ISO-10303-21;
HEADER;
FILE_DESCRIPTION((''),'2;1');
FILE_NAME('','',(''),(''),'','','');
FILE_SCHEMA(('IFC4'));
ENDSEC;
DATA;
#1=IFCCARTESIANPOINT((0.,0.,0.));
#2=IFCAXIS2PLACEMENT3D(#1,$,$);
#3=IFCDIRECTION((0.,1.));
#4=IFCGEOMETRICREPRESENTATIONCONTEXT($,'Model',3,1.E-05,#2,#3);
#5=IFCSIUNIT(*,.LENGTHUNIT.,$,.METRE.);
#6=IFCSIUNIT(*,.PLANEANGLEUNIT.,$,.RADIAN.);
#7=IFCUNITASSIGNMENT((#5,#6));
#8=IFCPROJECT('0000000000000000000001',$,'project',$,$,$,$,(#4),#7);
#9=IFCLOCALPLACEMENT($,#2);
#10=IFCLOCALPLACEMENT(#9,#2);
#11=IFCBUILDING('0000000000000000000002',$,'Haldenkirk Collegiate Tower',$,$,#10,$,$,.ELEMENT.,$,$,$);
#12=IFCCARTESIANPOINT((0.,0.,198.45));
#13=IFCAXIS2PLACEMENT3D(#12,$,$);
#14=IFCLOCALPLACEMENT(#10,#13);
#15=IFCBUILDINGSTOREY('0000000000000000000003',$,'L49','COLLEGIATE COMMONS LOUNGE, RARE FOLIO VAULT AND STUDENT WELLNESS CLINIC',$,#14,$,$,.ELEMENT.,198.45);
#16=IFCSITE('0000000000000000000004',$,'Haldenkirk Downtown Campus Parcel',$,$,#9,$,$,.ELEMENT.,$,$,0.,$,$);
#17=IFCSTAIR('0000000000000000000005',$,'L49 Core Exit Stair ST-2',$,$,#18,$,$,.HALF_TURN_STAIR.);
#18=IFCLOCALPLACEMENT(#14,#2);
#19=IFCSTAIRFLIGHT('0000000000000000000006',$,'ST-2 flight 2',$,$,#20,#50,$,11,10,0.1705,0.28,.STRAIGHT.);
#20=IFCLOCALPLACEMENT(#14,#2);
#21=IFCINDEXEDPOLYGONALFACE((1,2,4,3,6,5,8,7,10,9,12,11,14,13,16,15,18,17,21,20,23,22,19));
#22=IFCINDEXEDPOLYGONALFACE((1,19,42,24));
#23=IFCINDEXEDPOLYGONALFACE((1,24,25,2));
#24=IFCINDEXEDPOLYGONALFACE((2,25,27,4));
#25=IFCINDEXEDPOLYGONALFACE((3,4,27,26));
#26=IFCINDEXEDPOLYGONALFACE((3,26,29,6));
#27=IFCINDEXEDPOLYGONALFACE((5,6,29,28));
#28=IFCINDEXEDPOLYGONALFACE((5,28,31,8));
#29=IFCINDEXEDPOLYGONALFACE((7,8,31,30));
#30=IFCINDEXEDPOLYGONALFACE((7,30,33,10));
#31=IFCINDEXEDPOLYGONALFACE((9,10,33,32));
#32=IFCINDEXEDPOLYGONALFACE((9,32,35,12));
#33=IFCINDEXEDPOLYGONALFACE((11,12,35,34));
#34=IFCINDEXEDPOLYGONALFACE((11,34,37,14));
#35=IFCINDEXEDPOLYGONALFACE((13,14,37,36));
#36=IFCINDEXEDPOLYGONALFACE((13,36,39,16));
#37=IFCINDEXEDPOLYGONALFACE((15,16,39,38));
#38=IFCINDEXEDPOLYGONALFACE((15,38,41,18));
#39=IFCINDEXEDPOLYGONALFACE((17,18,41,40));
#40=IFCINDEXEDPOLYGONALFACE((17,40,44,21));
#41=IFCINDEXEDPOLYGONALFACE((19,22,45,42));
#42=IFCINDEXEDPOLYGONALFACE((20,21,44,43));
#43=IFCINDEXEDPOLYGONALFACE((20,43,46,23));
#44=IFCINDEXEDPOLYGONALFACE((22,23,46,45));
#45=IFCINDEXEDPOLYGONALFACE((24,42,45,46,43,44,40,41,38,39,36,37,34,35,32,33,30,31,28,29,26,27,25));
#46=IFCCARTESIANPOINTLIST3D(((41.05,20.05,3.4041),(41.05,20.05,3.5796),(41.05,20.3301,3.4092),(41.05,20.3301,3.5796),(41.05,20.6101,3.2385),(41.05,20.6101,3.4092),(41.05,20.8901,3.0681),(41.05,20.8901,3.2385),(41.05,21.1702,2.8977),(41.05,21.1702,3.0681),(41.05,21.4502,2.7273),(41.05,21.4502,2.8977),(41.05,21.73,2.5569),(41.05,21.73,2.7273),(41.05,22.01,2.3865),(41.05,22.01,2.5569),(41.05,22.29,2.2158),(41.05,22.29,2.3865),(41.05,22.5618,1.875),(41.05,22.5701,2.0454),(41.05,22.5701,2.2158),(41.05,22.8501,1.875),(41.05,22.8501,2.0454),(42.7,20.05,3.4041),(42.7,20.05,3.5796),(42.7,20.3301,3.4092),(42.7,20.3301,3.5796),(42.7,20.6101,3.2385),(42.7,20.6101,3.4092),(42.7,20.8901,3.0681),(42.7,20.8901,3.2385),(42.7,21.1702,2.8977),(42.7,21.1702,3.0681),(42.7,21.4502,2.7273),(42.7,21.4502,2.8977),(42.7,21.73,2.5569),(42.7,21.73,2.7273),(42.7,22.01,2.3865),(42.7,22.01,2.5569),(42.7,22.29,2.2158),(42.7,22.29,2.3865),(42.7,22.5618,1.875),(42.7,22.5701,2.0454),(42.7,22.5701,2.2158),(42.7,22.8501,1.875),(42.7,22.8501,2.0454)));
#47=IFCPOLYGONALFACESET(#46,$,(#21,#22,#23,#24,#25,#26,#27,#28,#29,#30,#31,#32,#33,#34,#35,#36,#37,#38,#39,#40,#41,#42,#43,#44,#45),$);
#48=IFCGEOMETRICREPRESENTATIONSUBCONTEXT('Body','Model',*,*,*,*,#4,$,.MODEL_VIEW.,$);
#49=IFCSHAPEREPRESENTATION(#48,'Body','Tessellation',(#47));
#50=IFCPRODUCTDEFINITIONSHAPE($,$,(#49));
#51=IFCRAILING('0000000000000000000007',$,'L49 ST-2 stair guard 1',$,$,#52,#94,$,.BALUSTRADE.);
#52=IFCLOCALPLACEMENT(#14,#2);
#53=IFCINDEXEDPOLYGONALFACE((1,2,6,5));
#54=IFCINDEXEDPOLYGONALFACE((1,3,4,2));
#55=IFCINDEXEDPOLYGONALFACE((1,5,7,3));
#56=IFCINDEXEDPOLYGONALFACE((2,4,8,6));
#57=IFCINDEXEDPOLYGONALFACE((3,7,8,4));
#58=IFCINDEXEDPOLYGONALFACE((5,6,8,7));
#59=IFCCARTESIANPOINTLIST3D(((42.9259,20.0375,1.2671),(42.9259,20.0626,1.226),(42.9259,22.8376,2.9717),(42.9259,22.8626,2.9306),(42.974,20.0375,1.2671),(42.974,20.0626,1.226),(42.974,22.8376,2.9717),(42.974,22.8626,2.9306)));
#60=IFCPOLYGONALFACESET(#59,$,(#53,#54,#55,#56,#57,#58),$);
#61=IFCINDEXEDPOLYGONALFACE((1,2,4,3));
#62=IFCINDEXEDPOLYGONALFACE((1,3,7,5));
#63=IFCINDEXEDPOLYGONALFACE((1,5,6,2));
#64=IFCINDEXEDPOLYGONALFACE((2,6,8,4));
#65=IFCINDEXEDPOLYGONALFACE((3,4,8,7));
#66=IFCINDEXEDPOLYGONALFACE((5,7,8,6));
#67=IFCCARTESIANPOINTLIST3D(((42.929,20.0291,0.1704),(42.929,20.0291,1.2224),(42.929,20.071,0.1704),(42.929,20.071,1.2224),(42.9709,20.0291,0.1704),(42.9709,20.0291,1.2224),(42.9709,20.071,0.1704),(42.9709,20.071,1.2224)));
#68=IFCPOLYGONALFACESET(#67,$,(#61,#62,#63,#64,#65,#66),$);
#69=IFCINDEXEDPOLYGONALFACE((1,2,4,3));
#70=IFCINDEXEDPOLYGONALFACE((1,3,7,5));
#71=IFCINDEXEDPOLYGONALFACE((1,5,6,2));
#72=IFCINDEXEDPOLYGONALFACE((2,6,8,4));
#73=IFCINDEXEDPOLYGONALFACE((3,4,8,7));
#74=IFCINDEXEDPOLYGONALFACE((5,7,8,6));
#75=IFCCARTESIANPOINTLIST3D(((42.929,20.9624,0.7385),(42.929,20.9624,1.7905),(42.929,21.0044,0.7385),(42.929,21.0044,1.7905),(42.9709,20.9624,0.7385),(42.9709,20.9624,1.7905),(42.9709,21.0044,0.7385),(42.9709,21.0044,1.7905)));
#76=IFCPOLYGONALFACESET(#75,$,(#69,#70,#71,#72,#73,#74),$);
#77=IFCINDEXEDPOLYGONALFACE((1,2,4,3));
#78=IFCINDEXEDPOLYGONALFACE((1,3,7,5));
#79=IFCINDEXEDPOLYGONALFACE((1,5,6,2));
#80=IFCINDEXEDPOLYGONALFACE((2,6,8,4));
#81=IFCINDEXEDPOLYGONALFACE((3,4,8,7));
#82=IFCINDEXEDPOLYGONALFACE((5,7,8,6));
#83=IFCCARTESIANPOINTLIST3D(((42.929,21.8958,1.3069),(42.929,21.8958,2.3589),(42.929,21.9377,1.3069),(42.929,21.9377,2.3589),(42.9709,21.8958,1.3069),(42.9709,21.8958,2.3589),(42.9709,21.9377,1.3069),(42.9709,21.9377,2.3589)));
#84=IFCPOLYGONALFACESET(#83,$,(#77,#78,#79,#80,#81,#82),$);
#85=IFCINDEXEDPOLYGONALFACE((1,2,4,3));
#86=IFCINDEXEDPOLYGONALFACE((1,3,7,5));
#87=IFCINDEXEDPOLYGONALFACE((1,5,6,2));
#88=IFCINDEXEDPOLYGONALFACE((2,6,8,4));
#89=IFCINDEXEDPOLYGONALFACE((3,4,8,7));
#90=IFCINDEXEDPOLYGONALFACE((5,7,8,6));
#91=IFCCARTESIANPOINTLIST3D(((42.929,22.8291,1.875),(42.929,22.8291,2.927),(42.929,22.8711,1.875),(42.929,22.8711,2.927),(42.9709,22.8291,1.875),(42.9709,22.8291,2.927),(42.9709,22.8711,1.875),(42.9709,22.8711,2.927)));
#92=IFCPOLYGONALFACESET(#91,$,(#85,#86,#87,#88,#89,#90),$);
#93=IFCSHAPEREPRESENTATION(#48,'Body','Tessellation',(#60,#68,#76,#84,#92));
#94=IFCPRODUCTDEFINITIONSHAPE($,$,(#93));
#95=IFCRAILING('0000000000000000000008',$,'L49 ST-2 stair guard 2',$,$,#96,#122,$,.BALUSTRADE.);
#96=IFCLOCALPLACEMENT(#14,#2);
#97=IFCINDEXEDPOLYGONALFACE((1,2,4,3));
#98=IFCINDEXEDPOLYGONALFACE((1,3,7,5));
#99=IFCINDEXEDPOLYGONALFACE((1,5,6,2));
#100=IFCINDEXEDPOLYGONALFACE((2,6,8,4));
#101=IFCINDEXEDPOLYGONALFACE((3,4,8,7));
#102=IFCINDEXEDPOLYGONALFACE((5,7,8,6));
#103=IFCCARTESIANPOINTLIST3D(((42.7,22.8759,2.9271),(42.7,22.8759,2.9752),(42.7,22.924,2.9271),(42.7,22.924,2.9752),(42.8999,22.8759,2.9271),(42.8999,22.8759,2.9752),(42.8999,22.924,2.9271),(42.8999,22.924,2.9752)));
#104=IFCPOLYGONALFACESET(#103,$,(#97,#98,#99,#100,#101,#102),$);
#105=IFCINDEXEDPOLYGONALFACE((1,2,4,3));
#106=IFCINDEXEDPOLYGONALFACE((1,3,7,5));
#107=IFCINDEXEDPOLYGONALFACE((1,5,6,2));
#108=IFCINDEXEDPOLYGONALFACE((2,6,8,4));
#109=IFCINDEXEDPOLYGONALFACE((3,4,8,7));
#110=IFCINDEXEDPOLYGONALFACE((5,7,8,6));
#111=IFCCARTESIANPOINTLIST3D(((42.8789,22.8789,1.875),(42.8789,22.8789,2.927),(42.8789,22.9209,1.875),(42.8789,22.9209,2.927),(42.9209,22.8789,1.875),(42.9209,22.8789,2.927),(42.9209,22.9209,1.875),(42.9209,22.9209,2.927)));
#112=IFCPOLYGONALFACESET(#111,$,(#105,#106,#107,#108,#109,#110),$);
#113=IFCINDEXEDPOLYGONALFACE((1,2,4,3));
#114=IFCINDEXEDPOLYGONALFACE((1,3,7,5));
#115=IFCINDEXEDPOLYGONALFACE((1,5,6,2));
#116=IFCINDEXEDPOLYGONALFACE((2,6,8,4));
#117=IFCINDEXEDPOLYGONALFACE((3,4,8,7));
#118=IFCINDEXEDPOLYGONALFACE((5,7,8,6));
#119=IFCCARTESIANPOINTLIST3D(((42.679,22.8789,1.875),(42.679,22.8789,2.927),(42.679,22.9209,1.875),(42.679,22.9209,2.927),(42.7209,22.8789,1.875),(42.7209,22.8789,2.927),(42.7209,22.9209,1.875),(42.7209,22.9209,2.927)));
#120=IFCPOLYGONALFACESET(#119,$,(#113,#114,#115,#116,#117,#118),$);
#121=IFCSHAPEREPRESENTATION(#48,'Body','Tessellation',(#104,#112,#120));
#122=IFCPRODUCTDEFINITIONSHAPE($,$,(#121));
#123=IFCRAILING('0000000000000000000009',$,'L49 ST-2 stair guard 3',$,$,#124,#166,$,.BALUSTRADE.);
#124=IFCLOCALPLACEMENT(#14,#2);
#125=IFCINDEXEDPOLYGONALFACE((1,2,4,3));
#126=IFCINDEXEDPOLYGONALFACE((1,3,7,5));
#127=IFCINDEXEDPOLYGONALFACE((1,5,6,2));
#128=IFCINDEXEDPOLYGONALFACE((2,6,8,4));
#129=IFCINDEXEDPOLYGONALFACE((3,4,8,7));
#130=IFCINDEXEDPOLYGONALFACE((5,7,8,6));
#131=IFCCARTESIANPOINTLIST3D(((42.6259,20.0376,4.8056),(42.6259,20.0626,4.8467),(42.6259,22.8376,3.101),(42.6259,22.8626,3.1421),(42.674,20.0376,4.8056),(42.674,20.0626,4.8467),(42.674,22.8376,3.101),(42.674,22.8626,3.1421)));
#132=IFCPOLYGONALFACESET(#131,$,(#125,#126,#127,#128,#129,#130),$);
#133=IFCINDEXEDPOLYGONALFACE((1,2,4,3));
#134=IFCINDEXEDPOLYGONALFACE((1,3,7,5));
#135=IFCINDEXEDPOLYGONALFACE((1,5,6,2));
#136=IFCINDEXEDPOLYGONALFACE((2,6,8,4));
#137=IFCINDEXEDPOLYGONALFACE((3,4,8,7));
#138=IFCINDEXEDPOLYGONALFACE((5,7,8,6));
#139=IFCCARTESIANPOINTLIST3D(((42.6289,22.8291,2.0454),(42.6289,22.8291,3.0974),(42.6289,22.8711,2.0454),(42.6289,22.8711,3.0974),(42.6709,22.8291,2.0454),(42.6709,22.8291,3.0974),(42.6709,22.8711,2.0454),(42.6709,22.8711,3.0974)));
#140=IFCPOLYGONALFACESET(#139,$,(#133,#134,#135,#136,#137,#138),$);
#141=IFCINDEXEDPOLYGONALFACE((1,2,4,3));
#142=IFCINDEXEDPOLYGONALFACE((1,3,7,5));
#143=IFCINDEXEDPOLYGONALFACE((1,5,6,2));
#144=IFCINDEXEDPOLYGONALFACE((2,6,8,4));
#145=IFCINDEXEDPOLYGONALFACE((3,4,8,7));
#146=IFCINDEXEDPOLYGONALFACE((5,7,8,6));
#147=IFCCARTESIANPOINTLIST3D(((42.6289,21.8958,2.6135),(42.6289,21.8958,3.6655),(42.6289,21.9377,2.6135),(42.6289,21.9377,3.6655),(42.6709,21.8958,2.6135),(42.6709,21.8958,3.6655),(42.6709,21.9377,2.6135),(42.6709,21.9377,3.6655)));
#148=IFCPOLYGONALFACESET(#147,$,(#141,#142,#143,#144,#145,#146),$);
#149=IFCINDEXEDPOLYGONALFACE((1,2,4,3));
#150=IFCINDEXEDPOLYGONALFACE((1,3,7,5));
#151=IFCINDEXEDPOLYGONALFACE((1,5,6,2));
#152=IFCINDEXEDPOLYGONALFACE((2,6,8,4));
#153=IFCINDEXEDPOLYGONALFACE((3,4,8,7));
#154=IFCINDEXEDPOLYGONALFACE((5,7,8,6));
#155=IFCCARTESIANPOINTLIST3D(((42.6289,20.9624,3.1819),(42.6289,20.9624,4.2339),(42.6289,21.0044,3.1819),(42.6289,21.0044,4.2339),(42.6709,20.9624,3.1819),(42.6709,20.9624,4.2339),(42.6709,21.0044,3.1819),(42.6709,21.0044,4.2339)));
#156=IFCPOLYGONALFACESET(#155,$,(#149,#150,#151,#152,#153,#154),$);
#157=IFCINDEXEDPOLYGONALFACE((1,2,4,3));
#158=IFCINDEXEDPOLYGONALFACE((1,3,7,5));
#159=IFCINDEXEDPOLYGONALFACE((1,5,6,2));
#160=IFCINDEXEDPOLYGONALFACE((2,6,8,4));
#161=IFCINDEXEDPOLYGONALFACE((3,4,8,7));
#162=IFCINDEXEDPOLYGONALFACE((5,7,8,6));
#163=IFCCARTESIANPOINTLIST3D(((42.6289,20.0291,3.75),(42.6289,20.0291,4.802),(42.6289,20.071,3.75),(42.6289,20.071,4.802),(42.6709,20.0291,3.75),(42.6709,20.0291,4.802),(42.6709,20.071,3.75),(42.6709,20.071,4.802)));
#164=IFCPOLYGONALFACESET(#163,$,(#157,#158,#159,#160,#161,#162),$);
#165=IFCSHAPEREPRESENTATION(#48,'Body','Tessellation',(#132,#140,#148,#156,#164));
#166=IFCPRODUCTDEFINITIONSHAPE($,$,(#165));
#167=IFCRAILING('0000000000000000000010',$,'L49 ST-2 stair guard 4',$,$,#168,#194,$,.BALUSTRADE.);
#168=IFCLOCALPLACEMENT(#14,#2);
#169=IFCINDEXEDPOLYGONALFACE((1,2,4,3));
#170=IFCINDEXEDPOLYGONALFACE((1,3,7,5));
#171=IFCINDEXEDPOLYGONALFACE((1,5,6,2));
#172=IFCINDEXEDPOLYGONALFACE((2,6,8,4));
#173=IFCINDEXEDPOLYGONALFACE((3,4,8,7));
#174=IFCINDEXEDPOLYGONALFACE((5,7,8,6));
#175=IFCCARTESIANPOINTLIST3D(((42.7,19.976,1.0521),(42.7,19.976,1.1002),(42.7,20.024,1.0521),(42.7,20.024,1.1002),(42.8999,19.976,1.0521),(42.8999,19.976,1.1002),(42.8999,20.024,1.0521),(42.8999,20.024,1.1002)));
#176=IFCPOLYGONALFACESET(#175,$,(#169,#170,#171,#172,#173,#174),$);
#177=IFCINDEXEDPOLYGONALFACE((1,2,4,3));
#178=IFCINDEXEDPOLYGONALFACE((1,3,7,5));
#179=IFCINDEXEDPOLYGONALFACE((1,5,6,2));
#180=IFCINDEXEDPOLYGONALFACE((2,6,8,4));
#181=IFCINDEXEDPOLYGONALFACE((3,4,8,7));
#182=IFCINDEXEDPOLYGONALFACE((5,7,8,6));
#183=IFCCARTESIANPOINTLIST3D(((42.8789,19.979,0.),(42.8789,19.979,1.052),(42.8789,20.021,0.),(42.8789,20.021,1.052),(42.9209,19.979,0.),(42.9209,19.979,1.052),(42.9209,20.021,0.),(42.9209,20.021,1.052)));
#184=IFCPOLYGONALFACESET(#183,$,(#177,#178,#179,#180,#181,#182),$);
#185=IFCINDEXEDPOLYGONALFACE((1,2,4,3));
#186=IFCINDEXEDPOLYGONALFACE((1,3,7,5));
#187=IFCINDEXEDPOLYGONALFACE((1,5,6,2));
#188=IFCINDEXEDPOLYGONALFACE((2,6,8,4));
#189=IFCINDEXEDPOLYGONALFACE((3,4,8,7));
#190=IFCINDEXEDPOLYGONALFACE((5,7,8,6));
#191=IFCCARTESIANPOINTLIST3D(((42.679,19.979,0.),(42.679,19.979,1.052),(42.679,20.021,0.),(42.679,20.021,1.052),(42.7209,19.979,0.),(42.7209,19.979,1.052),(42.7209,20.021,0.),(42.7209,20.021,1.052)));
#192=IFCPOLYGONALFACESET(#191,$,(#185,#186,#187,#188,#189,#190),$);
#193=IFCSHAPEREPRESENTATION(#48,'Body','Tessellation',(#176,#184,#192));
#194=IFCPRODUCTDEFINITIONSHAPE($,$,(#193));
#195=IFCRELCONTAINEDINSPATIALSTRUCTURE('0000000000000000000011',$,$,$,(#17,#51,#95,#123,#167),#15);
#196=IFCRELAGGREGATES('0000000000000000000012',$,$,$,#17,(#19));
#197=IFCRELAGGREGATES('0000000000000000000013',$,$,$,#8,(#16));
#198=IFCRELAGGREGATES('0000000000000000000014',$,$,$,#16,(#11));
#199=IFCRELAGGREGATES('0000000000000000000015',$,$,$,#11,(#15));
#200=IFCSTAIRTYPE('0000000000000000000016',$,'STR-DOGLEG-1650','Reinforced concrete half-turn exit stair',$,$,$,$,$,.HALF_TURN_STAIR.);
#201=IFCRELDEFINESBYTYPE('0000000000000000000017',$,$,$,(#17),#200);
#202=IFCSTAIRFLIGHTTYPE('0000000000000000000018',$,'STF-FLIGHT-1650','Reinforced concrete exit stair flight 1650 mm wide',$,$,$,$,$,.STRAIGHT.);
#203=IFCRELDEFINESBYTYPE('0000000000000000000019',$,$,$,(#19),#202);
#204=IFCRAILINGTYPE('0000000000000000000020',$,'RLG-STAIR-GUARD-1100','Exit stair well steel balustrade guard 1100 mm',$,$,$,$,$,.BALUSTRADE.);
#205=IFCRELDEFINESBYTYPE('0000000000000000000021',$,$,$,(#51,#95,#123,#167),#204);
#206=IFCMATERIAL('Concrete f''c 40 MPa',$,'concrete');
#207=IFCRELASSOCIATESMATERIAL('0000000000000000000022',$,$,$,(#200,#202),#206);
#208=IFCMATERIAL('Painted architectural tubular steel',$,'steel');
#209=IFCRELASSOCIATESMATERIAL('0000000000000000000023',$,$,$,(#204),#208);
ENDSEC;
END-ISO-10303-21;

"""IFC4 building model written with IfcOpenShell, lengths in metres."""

from ifc_helpers import new_model, si_unit, direction, frame, origin, origin_2d, place, context, subcontext, project, spatial, polyline, rectangle, outline, extrude, material, type_object, element, aggregate, save


model = new_model("IFC4")

# Units and contexts
model_context = context("Model", 3, precision=1e-05, world=origin(), true_north=direction((0.0, 1.0)))
body_context = subcontext(model_context, "Body", "Model", "MODEL_VIEW")
ifc_project = project(units=[si_unit("LENGTHUNIT", "METRE"), si_unit("PLANEANGLEUNIT", "RADIAN")], contexts=[model_context])

# Site, building, storey
site_placement = place(None, origin())
site = spatial("IfcSite", under=ifc_project, at=site_placement, Name="Haldenkirk Downtown Campus Parcel", CompositionType="ELEMENT", RefElevation=0.0)
building_placement = place(site_placement, origin())
building = spatial("IfcBuilding", under=site, at=building_placement, Name="Haldenkirk Collegiate Tower", CompositionType="ELEMENT")
storey_placement = place(building_placement, frame((0.0, 0.0, 198.45)))
storey = spatial("IfcBuildingStorey", under=building, at=storey_placement, Name="L49", Description="COLLEGIATE COMMONS LOUNGE, RARE FOLIO VAULT AND STUDENT WELLNESS CLINIC", CompositionType="ELEMENT", Elevation=198.45)

# Stair, stair flight
ifc_material_1 = material(Name="Concrete f'c 40 MPa", Category="concrete")
stair_type = type_object("IfcStairType", Name="STR-DOGLEG-1650", Description="Reinforced concrete half-turn exit stair", PredefinedType="HALF_TURN_STAIR", material=ifc_material_1)
stair_placement = place(storey_placement, origin())
stair = element("IfcStair", 1, at=stair_placement, inside=storey, type_object=stair_type, Name="L49 Core Exit Stair ST-2", PredefinedType="HALF_TURN_STAIR")
stair_flight_type = type_object("IfcStairFlightType", Name="STF-FLIGHT-1650", Description="Reinforced concrete exit stair flight 1650 mm wide", PredefinedType="STRAIGHT", material=ifc_material_1)
stair_flight_1_placement = place(storey_placement, frame((41.875, 22.8501, 1.875), z_axis=(0.0, 0.0, 1.0), x_axis=(0.0, -1.0, 0.0)))
stair_flight_1 = element("IfcStairFlight", 2, at=stair_flight_1_placement, type_object=stair_flight_type, Name="ST-2 flight 2", NumberOfRisers=11, NumberOfTreads=10, PredefinedType="STRAIGHT", RiserHeight=0.1705, TreadLength=0.28, context=body_context, shape_type="SweptSolid", body=[
    extrude(outline(polyline([(0.0, 0.0), (0.0, 0.1704), (0.28, 0.1704), (0.28, 0.3408), (0.5601, 0.3408), (0.5601, 0.5115), (0.8401, 0.5115), (0.8401, 0.6819), (1.1201, 0.6819), (1.1201, 0.8523), (1.3999, 0.8523), (1.3999, 1.0227), (1.6799, 1.0227), (1.6799, 1.1931), (1.96, 1.1931), (1.96, 1.3635), (2.24, 1.3635), (2.24, 1.5342), (2.52, 1.5342), (2.52, 1.7046), (2.8, 1.7046), (2.8, 1.875), (2.8, 1.5291), (0.2883, 0.0), (0.0, 0.0)])), frame((0.0, 0.825, 0.0), z_axis=(0.0, -1.0, 0.0), x_axis=(1.0, 0.0, 0.0)), (0.0, 0.0, 1.0), 1.6499),
])
aggregate(stair, [stair_flight_1])

# Railings
ifc_material_2 = material(Name="Painted architectural tubular steel", Category="steel")
railing_type_1 = type_object("IfcRailingType", Name="RLG-STAIR-GUARD-1100", Description="Exit stair well steel balustrade guard 1100 mm", PredefinedType="BALUSTRADE", material=ifc_material_2)
railing_1_placement = place(storey_placement, frame((42.95, 20.05, 0.1704)))
element("IfcRailing", 3, at=railing_1_placement, inside=storey, type_object=railing_type_1, Name="L49 ST-2 stair guard 1", PredefinedType="BALUSTRADE", context=body_context, shape_type="SweptSolid", body=[
    extrude(rectangle(XDim=0.0481, YDim=0.0481, at=origin_2d()), frame((0.0, 0.0, 1.0762), z_axis=(0.0, 0.85417, 0.519994), x_axis=(-1.0, 0.0, 0.0)), (0.0, 0.0, 1.0), 3.2781),
    extrude(rectangle(XDim=0.042, YDim=0.042, at=origin_2d()), origin(), (0.0, 0.0, 1.0), 1.052),
    extrude(rectangle(XDim=0.042, YDim=0.042, at=origin_2d()), frame((0.0, 0.9333, 0.5681)), (0.0, 0.0, 1.0), 1.052),
    extrude(rectangle(XDim=0.042, YDim=0.042, at=origin_2d()), frame((0.0, 1.8667, 1.1365)), (0.0, 0.0, 1.0), 1.052),
    extrude(rectangle(XDim=0.042, YDim=0.042, at=origin_2d()), frame((0.0, 2.8, 1.7046)), (0.0, 0.0, 1.0), 1.052),
])
railing_2_placement = place(storey_placement, frame((42.8999, 22.8999, 1.875)))
element("IfcRailing", 4, at=railing_2_placement, inside=storey, type_object=railing_type_1, Name="L49 ST-2 stair guard 2", PredefinedType="BALUSTRADE", context=body_context, shape_type="SweptSolid", body=[
    extrude(rectangle(XDim=0.0481, YDim=0.0481, at=origin_2d()), frame((0.0, 0.0, 1.0762), z_axis=(-1.0, 0.0, 0.0), x_axis=(0.0, -1.0, 0.0)), (0.0, 0.0, 1.0), 0.2),
    extrude(rectangle(XDim=0.042, YDim=0.042, at=origin_2d()), origin(), (0.0, 0.0, 1.0), 1.052),
    extrude(rectangle(XDim=0.042, YDim=0.042, at=origin_2d()), frame((-0.2, 0.0, 0.0)), (0.0, 0.0, 1.0), 1.052),
])
railing_3_placement = place(storey_placement, frame((42.6499, 22.8501, 2.0454)))
element("IfcRailing", 5, at=railing_3_placement, inside=storey, type_object=railing_type_1, Name="L49 ST-2 stair guard 3", PredefinedType="BALUSTRADE", context=body_context, shape_type="SweptSolid", body=[
    extrude(rectangle(XDim=0.0481, YDim=0.0481, at=origin_2d()), frame((0.0, 0.0, 1.0762), z_axis=(0.0, -0.85417, 0.519994), x_axis=(1.0, 0.0, 0.0)), (0.0, 0.0, 1.0), 3.2781),
    extrude(rectangle(XDim=0.042, YDim=0.042, at=origin_2d()), origin(), (0.0, 0.0, 1.0), 1.052),
    extrude(rectangle(XDim=0.042, YDim=0.042, at=origin_2d()), frame((0.0, -0.9333, 0.5681)), (0.0, 0.0, 1.0), 1.052),
    extrude(rectangle(XDim=0.042, YDim=0.042, at=origin_2d()), frame((0.0, -1.8667, 1.1365)), (0.0, 0.0, 1.0), 1.052),
    extrude(rectangle(XDim=0.042, YDim=0.042, at=origin_2d()), frame((0.0, -2.8, 1.7046)), (0.0, 0.0, 1.0), 1.052),
])
railing_4_placement = place(storey_placement, frame((42.8999, 20.0, 0.0)))
element("IfcRailing", 6, at=railing_4_placement, inside=storey, type_object=railing_type_1, Name="L49 ST-2 stair guard 4", PredefinedType="BALUSTRADE", context=body_context, shape_type="SweptSolid", body=[
    extrude(rectangle(XDim=0.0481, YDim=0.0481, at=origin_2d()), frame((0.0, 0.0, 1.0762), z_axis=(-1.0, 0.0, 0.0), x_axis=(0.0, -1.0, 0.0)), (0.0, 0.0, 1.0), 0.2),
    extrude(rectangle(XDim=0.042, YDim=0.042, at=origin_2d()), origin(), (0.0, 0.0, 1.0), 1.052),
    extrude(rectangle(XDim=0.042, YDim=0.042, at=origin_2d()), frame((-0.2, 0.0, 0.0)), (0.0, 0.0, 1.0), 1.052),
])

save(model, "model.ifc")
